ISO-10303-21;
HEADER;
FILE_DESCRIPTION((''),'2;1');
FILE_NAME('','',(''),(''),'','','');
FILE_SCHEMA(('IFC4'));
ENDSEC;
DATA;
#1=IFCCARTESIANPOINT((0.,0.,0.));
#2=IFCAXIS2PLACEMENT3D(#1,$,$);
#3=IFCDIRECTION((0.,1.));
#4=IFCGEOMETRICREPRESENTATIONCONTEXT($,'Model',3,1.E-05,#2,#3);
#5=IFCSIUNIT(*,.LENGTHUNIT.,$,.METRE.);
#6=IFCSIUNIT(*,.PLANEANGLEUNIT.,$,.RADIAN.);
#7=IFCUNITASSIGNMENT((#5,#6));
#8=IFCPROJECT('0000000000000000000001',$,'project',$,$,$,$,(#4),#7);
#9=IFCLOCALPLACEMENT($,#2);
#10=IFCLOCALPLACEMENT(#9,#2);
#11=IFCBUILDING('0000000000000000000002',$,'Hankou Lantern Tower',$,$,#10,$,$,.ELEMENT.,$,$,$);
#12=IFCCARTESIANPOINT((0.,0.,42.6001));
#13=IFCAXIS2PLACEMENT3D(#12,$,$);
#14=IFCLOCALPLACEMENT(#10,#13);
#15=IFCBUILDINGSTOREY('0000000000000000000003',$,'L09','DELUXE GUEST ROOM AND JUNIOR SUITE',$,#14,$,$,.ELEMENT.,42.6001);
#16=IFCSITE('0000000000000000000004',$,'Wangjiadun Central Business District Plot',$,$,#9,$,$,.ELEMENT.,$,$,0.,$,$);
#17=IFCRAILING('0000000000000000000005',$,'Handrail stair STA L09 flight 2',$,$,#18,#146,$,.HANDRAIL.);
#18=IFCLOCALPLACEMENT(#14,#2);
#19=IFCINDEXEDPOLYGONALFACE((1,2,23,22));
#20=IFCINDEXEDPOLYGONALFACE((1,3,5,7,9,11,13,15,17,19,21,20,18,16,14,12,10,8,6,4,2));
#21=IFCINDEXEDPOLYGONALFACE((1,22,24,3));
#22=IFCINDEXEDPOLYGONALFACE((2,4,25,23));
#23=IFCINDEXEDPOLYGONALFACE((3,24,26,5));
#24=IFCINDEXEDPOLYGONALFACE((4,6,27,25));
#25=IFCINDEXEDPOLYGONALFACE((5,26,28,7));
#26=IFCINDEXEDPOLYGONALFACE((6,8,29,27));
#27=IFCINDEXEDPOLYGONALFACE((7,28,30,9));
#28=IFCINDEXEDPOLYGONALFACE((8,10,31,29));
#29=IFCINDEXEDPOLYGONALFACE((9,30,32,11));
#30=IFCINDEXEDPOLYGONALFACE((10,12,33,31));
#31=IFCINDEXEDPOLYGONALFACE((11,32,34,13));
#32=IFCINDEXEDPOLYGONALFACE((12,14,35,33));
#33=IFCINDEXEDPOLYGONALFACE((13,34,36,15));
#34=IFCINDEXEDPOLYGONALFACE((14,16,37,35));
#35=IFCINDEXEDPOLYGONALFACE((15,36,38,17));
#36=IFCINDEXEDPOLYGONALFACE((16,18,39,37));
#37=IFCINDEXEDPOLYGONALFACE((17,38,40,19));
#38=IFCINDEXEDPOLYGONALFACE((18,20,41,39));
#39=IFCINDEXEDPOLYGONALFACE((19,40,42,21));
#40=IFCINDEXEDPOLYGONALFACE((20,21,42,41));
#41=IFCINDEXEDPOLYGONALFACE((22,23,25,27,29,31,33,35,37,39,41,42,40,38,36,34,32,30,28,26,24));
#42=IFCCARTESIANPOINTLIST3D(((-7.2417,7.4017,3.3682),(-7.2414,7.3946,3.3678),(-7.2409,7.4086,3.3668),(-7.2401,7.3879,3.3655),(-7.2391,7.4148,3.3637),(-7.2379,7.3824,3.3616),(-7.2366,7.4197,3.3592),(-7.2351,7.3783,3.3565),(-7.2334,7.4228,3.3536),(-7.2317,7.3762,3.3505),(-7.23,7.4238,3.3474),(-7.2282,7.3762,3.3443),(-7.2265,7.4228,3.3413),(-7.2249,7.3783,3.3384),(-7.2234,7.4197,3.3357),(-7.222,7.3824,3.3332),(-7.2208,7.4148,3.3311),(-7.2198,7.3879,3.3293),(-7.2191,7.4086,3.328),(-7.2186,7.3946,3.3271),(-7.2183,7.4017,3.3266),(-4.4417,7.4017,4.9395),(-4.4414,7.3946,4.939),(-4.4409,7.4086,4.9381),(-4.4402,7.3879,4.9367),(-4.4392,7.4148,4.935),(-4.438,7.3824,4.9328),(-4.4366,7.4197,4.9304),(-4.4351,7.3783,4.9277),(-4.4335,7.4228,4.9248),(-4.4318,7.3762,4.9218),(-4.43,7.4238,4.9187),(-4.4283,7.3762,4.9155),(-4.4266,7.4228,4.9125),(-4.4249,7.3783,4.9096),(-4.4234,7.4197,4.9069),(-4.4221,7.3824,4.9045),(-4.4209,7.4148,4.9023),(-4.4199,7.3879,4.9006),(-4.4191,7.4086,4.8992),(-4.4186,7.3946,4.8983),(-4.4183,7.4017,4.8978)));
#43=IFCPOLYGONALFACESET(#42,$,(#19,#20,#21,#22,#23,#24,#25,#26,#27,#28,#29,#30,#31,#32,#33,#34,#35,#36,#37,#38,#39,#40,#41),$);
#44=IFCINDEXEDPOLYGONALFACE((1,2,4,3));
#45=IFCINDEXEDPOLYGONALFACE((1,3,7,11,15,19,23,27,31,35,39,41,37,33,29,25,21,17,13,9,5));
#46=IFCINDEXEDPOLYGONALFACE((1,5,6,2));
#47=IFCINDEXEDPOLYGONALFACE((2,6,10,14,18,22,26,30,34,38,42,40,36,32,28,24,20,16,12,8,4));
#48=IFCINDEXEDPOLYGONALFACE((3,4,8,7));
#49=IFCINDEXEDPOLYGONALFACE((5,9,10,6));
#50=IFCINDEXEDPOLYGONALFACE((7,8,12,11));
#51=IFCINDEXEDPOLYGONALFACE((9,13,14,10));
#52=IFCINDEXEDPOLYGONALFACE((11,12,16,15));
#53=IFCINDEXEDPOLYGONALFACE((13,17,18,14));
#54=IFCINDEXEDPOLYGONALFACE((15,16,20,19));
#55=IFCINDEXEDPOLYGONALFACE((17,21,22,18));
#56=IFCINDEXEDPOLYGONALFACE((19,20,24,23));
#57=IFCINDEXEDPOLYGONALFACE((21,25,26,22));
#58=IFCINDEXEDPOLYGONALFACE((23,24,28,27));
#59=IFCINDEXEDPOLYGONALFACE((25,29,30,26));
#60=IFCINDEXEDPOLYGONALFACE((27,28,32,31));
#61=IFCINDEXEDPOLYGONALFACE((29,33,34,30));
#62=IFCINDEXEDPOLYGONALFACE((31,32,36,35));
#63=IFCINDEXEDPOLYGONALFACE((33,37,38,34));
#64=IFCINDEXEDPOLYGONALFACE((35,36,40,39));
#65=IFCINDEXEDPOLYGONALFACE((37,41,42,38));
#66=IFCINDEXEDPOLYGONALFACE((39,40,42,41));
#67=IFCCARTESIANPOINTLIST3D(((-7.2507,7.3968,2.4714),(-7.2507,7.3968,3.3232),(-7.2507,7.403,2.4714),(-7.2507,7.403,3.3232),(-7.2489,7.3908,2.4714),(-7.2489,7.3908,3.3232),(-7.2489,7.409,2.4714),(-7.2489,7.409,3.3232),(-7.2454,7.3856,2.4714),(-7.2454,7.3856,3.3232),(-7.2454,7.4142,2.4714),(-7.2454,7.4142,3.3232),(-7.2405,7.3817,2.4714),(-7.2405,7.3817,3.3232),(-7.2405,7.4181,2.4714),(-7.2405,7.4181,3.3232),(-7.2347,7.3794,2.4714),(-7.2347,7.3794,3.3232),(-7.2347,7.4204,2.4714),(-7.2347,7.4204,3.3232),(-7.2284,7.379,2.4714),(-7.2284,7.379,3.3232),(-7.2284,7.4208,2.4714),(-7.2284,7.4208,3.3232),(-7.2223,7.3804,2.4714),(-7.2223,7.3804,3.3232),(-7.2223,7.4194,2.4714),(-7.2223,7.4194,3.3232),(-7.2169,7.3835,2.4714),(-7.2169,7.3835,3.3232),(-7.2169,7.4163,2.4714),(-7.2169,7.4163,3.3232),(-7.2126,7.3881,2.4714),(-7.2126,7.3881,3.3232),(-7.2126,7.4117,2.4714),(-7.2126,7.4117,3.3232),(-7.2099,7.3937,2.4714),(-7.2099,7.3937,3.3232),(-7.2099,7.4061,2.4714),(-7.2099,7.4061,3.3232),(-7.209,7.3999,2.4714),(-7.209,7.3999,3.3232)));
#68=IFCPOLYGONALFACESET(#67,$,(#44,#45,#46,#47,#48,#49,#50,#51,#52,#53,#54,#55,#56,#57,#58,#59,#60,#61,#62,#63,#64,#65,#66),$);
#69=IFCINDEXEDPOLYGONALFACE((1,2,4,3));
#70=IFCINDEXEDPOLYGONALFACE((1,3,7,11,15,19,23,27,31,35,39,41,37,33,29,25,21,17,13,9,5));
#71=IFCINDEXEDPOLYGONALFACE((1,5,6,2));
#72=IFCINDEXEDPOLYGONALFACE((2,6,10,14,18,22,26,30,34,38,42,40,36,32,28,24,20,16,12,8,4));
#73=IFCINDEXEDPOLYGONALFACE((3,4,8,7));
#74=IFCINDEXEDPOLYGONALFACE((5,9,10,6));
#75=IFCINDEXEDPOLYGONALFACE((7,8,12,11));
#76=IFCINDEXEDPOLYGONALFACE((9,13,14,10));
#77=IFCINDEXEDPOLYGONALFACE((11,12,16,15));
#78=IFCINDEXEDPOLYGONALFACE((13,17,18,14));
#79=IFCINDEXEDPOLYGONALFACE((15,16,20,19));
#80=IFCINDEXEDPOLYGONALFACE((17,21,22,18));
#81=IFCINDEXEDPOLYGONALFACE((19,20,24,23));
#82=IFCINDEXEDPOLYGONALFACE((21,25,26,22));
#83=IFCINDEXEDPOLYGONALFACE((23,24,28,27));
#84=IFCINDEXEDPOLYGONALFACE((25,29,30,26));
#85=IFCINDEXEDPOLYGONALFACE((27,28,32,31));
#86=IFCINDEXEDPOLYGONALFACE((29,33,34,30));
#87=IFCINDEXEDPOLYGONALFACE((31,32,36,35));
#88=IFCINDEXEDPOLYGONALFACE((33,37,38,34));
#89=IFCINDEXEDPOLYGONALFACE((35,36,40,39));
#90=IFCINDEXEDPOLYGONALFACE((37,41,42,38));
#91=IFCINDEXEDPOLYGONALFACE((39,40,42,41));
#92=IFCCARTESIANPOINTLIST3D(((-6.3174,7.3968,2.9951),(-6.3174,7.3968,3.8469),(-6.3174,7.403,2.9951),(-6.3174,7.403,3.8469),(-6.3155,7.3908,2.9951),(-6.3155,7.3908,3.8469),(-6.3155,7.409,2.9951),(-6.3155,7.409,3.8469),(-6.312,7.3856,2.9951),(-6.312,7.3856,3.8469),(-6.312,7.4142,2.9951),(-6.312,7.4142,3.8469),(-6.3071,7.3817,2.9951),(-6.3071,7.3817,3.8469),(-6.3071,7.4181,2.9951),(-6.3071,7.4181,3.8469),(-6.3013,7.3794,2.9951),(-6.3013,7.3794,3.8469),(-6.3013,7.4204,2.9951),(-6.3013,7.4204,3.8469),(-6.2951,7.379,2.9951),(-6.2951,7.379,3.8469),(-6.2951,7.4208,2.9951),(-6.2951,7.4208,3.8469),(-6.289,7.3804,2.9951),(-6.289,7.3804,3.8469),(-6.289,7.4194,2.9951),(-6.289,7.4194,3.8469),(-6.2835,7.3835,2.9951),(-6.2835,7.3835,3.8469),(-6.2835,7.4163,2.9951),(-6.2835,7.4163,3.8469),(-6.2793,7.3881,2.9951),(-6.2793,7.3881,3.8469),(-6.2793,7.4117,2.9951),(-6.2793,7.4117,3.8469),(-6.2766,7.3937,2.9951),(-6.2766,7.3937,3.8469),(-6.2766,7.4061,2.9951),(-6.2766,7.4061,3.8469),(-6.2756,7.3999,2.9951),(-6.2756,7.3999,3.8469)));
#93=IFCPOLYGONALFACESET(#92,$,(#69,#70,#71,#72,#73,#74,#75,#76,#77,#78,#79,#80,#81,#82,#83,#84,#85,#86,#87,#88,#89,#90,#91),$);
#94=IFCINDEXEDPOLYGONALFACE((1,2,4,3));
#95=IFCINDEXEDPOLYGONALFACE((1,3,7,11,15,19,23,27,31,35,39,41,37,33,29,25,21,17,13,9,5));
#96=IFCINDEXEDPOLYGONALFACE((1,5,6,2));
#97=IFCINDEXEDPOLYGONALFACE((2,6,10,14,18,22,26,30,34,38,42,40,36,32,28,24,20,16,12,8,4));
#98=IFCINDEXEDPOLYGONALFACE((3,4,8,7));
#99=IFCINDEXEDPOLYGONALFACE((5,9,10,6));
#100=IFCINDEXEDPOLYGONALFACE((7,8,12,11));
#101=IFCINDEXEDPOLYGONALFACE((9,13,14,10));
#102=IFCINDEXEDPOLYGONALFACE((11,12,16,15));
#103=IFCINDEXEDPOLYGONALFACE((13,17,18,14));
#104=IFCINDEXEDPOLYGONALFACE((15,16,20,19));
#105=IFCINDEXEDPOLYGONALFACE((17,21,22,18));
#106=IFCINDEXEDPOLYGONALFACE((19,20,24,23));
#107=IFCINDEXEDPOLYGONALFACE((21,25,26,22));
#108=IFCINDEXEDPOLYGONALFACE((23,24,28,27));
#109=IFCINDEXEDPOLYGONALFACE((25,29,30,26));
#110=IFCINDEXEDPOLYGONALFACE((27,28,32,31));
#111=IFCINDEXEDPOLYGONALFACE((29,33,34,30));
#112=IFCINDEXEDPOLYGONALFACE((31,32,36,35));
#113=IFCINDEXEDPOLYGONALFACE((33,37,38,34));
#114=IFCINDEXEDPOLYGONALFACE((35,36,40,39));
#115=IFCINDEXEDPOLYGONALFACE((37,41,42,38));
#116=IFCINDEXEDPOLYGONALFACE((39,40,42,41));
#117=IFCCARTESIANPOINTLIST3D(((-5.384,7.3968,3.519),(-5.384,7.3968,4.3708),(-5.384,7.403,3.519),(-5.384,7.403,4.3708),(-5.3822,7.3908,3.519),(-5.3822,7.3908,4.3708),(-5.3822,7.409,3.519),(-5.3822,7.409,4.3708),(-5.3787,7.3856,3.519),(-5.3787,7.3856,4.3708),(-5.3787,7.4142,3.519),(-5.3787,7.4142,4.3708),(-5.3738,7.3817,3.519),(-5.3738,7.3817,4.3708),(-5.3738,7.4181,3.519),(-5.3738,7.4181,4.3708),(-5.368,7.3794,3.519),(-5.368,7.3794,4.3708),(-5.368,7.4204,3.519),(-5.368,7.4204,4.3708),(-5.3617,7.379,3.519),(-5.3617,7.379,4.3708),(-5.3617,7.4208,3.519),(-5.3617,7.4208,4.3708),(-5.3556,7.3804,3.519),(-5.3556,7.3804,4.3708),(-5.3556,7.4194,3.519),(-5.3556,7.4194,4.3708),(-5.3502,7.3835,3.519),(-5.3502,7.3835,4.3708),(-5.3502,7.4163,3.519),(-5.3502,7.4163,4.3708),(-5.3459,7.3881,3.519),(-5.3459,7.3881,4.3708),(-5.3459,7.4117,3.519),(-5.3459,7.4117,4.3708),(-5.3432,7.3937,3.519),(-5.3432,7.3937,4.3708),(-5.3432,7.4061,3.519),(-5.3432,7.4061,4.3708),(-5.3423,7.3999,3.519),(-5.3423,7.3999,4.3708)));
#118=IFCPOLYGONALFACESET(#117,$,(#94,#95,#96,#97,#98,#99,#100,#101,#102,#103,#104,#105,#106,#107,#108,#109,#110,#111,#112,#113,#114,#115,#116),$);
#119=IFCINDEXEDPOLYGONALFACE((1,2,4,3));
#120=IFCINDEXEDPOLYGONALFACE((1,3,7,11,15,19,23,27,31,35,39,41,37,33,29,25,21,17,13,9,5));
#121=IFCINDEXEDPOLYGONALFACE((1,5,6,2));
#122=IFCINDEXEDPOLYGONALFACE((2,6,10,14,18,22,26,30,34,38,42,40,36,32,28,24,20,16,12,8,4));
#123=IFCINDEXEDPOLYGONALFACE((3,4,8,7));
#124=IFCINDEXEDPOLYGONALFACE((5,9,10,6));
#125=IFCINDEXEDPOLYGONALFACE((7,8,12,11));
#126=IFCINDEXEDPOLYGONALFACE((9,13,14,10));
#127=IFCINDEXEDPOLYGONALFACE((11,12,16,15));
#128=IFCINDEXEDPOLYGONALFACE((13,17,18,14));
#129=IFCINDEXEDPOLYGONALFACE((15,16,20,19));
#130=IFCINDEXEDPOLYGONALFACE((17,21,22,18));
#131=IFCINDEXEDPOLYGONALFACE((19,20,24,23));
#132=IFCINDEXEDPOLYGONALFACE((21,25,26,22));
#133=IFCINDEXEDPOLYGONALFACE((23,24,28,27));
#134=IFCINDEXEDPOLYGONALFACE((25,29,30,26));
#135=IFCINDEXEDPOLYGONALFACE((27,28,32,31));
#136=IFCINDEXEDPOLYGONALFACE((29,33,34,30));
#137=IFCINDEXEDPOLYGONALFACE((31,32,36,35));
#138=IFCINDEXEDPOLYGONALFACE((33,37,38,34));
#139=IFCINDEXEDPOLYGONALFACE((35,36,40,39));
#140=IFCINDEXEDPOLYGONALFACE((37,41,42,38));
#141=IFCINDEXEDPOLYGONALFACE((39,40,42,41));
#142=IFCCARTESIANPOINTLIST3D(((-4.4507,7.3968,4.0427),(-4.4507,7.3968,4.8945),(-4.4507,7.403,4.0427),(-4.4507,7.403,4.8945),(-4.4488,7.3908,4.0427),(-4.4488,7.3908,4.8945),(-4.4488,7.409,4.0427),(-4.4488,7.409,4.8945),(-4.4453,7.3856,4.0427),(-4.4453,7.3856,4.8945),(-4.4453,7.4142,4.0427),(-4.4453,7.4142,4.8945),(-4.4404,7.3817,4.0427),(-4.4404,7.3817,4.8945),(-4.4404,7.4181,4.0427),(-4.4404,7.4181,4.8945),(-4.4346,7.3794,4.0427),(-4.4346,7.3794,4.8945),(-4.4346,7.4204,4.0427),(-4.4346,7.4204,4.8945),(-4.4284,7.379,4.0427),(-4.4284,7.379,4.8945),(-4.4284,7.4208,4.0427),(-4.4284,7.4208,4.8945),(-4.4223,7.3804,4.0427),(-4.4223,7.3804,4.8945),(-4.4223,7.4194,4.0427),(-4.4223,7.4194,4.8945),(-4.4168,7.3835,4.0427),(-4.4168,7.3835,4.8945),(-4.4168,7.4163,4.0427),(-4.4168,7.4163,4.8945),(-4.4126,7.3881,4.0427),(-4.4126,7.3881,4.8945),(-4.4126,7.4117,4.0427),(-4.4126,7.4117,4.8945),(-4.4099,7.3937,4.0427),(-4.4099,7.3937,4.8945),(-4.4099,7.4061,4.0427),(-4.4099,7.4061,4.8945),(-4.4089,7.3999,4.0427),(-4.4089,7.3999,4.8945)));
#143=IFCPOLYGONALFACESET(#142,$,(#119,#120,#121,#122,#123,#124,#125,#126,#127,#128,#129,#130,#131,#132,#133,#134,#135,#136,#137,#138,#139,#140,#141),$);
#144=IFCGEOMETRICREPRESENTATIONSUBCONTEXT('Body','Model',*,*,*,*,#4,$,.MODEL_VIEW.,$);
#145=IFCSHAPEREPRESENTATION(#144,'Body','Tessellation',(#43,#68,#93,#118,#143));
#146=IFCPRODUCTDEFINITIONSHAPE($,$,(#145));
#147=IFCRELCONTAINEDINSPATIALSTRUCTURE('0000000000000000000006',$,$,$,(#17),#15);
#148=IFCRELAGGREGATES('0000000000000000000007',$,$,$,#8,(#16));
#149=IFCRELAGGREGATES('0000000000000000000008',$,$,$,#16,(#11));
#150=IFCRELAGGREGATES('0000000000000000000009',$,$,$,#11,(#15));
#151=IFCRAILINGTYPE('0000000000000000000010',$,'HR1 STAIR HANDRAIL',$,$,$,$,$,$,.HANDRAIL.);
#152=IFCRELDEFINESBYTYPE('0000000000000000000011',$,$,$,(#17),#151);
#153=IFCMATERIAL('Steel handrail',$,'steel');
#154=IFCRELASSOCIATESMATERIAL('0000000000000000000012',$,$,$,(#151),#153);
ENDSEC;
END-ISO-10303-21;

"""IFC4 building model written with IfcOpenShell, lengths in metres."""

from ifc_helpers import new_model, si_unit, direction, frame, origin, origin_2d, place, context, subcontext, project, spatial, circle, extrude, material, type_object, element, save


model = new_model("IFC4")

# Units and contexts
model_context = context("Model", 3, precision=1e-05, world=origin(), true_north=direction((0.0, 1.0)))
body_context = subcontext(model_context, "Body", "Model", "MODEL_VIEW")
ifc_project = project(units=[si_unit("LENGTHUNIT", "METRE"), si_unit("PLANEANGLEUNIT", "RADIAN")], contexts=[model_context])

# Site, building, storey
site_placement = place(None, origin())
site = spatial("IfcSite", under=ifc_project, at=site_placement, Name="Wangjiadun Central Business District Plot", CompositionType="ELEMENT", RefElevation=0.0)
building_placement = place(site_placement, origin())
building = spatial("IfcBuilding", under=site, at=building_placement, Name="Hankou Lantern Tower", CompositionType="ELEMENT")
storey_placement = place(building_placement, frame((0.0, 0.0, 42.6001)))
storey = spatial("IfcBuildingStorey", under=building, at=storey_placement, Name="L09", Description="DELUXE GUEST ROOM AND JUNIOR SUITE", CompositionType="ELEMENT", Elevation=42.6001)

# Railing
ifc_material_1 = material(Name="Steel handrail", Category="steel")
railing_type = type_object("IfcRailingType", Name="HR1 STAIR HANDRAIL", PredefinedType="HANDRAIL", material=ifc_material_1)
railing_1_placement = place(storey_placement, frame((-7.23, 7.3999, 2.4714)))
element("IfcRailing", 1, at=railing_1_placement, inside=storey, type_object=railing_type, Name="Handrail stair STA L09 flight 2", PredefinedType="HANDRAIL", context=body_context, shape_type="SweptSolid", body=[
    extrude(circle(Radius=0.0239, at=origin_2d()), frame((0.0, 0.0, 0.876), z_axis=(0.872073, 0.0, 0.489377), x_axis=(0.0, 1.0, 0.0)), (0.0, 0.0, 1.0), 3.2107),
    extrude(circle(Radius=0.021, at=origin_2d()), origin(), (0.0, 0.0, 1.0), 0.8518),
    extrude(circle(Radius=0.021, at=origin_2d()), frame((0.9333, 0.0, 0.5237)), (0.0, 0.0, 1.0), 0.8518),
    extrude(circle(Radius=0.021, at=origin_2d()), frame((1.8667, 0.0, 1.0476)), (0.0, 0.0, 1.0), 0.8518),
    extrude(circle(Radius=0.021, at=origin_2d()), frame((2.8, 0.0, 1.5713)), (0.0, 0.0, 1.0), 0.8518),
])

save(model, "model.ifc")
